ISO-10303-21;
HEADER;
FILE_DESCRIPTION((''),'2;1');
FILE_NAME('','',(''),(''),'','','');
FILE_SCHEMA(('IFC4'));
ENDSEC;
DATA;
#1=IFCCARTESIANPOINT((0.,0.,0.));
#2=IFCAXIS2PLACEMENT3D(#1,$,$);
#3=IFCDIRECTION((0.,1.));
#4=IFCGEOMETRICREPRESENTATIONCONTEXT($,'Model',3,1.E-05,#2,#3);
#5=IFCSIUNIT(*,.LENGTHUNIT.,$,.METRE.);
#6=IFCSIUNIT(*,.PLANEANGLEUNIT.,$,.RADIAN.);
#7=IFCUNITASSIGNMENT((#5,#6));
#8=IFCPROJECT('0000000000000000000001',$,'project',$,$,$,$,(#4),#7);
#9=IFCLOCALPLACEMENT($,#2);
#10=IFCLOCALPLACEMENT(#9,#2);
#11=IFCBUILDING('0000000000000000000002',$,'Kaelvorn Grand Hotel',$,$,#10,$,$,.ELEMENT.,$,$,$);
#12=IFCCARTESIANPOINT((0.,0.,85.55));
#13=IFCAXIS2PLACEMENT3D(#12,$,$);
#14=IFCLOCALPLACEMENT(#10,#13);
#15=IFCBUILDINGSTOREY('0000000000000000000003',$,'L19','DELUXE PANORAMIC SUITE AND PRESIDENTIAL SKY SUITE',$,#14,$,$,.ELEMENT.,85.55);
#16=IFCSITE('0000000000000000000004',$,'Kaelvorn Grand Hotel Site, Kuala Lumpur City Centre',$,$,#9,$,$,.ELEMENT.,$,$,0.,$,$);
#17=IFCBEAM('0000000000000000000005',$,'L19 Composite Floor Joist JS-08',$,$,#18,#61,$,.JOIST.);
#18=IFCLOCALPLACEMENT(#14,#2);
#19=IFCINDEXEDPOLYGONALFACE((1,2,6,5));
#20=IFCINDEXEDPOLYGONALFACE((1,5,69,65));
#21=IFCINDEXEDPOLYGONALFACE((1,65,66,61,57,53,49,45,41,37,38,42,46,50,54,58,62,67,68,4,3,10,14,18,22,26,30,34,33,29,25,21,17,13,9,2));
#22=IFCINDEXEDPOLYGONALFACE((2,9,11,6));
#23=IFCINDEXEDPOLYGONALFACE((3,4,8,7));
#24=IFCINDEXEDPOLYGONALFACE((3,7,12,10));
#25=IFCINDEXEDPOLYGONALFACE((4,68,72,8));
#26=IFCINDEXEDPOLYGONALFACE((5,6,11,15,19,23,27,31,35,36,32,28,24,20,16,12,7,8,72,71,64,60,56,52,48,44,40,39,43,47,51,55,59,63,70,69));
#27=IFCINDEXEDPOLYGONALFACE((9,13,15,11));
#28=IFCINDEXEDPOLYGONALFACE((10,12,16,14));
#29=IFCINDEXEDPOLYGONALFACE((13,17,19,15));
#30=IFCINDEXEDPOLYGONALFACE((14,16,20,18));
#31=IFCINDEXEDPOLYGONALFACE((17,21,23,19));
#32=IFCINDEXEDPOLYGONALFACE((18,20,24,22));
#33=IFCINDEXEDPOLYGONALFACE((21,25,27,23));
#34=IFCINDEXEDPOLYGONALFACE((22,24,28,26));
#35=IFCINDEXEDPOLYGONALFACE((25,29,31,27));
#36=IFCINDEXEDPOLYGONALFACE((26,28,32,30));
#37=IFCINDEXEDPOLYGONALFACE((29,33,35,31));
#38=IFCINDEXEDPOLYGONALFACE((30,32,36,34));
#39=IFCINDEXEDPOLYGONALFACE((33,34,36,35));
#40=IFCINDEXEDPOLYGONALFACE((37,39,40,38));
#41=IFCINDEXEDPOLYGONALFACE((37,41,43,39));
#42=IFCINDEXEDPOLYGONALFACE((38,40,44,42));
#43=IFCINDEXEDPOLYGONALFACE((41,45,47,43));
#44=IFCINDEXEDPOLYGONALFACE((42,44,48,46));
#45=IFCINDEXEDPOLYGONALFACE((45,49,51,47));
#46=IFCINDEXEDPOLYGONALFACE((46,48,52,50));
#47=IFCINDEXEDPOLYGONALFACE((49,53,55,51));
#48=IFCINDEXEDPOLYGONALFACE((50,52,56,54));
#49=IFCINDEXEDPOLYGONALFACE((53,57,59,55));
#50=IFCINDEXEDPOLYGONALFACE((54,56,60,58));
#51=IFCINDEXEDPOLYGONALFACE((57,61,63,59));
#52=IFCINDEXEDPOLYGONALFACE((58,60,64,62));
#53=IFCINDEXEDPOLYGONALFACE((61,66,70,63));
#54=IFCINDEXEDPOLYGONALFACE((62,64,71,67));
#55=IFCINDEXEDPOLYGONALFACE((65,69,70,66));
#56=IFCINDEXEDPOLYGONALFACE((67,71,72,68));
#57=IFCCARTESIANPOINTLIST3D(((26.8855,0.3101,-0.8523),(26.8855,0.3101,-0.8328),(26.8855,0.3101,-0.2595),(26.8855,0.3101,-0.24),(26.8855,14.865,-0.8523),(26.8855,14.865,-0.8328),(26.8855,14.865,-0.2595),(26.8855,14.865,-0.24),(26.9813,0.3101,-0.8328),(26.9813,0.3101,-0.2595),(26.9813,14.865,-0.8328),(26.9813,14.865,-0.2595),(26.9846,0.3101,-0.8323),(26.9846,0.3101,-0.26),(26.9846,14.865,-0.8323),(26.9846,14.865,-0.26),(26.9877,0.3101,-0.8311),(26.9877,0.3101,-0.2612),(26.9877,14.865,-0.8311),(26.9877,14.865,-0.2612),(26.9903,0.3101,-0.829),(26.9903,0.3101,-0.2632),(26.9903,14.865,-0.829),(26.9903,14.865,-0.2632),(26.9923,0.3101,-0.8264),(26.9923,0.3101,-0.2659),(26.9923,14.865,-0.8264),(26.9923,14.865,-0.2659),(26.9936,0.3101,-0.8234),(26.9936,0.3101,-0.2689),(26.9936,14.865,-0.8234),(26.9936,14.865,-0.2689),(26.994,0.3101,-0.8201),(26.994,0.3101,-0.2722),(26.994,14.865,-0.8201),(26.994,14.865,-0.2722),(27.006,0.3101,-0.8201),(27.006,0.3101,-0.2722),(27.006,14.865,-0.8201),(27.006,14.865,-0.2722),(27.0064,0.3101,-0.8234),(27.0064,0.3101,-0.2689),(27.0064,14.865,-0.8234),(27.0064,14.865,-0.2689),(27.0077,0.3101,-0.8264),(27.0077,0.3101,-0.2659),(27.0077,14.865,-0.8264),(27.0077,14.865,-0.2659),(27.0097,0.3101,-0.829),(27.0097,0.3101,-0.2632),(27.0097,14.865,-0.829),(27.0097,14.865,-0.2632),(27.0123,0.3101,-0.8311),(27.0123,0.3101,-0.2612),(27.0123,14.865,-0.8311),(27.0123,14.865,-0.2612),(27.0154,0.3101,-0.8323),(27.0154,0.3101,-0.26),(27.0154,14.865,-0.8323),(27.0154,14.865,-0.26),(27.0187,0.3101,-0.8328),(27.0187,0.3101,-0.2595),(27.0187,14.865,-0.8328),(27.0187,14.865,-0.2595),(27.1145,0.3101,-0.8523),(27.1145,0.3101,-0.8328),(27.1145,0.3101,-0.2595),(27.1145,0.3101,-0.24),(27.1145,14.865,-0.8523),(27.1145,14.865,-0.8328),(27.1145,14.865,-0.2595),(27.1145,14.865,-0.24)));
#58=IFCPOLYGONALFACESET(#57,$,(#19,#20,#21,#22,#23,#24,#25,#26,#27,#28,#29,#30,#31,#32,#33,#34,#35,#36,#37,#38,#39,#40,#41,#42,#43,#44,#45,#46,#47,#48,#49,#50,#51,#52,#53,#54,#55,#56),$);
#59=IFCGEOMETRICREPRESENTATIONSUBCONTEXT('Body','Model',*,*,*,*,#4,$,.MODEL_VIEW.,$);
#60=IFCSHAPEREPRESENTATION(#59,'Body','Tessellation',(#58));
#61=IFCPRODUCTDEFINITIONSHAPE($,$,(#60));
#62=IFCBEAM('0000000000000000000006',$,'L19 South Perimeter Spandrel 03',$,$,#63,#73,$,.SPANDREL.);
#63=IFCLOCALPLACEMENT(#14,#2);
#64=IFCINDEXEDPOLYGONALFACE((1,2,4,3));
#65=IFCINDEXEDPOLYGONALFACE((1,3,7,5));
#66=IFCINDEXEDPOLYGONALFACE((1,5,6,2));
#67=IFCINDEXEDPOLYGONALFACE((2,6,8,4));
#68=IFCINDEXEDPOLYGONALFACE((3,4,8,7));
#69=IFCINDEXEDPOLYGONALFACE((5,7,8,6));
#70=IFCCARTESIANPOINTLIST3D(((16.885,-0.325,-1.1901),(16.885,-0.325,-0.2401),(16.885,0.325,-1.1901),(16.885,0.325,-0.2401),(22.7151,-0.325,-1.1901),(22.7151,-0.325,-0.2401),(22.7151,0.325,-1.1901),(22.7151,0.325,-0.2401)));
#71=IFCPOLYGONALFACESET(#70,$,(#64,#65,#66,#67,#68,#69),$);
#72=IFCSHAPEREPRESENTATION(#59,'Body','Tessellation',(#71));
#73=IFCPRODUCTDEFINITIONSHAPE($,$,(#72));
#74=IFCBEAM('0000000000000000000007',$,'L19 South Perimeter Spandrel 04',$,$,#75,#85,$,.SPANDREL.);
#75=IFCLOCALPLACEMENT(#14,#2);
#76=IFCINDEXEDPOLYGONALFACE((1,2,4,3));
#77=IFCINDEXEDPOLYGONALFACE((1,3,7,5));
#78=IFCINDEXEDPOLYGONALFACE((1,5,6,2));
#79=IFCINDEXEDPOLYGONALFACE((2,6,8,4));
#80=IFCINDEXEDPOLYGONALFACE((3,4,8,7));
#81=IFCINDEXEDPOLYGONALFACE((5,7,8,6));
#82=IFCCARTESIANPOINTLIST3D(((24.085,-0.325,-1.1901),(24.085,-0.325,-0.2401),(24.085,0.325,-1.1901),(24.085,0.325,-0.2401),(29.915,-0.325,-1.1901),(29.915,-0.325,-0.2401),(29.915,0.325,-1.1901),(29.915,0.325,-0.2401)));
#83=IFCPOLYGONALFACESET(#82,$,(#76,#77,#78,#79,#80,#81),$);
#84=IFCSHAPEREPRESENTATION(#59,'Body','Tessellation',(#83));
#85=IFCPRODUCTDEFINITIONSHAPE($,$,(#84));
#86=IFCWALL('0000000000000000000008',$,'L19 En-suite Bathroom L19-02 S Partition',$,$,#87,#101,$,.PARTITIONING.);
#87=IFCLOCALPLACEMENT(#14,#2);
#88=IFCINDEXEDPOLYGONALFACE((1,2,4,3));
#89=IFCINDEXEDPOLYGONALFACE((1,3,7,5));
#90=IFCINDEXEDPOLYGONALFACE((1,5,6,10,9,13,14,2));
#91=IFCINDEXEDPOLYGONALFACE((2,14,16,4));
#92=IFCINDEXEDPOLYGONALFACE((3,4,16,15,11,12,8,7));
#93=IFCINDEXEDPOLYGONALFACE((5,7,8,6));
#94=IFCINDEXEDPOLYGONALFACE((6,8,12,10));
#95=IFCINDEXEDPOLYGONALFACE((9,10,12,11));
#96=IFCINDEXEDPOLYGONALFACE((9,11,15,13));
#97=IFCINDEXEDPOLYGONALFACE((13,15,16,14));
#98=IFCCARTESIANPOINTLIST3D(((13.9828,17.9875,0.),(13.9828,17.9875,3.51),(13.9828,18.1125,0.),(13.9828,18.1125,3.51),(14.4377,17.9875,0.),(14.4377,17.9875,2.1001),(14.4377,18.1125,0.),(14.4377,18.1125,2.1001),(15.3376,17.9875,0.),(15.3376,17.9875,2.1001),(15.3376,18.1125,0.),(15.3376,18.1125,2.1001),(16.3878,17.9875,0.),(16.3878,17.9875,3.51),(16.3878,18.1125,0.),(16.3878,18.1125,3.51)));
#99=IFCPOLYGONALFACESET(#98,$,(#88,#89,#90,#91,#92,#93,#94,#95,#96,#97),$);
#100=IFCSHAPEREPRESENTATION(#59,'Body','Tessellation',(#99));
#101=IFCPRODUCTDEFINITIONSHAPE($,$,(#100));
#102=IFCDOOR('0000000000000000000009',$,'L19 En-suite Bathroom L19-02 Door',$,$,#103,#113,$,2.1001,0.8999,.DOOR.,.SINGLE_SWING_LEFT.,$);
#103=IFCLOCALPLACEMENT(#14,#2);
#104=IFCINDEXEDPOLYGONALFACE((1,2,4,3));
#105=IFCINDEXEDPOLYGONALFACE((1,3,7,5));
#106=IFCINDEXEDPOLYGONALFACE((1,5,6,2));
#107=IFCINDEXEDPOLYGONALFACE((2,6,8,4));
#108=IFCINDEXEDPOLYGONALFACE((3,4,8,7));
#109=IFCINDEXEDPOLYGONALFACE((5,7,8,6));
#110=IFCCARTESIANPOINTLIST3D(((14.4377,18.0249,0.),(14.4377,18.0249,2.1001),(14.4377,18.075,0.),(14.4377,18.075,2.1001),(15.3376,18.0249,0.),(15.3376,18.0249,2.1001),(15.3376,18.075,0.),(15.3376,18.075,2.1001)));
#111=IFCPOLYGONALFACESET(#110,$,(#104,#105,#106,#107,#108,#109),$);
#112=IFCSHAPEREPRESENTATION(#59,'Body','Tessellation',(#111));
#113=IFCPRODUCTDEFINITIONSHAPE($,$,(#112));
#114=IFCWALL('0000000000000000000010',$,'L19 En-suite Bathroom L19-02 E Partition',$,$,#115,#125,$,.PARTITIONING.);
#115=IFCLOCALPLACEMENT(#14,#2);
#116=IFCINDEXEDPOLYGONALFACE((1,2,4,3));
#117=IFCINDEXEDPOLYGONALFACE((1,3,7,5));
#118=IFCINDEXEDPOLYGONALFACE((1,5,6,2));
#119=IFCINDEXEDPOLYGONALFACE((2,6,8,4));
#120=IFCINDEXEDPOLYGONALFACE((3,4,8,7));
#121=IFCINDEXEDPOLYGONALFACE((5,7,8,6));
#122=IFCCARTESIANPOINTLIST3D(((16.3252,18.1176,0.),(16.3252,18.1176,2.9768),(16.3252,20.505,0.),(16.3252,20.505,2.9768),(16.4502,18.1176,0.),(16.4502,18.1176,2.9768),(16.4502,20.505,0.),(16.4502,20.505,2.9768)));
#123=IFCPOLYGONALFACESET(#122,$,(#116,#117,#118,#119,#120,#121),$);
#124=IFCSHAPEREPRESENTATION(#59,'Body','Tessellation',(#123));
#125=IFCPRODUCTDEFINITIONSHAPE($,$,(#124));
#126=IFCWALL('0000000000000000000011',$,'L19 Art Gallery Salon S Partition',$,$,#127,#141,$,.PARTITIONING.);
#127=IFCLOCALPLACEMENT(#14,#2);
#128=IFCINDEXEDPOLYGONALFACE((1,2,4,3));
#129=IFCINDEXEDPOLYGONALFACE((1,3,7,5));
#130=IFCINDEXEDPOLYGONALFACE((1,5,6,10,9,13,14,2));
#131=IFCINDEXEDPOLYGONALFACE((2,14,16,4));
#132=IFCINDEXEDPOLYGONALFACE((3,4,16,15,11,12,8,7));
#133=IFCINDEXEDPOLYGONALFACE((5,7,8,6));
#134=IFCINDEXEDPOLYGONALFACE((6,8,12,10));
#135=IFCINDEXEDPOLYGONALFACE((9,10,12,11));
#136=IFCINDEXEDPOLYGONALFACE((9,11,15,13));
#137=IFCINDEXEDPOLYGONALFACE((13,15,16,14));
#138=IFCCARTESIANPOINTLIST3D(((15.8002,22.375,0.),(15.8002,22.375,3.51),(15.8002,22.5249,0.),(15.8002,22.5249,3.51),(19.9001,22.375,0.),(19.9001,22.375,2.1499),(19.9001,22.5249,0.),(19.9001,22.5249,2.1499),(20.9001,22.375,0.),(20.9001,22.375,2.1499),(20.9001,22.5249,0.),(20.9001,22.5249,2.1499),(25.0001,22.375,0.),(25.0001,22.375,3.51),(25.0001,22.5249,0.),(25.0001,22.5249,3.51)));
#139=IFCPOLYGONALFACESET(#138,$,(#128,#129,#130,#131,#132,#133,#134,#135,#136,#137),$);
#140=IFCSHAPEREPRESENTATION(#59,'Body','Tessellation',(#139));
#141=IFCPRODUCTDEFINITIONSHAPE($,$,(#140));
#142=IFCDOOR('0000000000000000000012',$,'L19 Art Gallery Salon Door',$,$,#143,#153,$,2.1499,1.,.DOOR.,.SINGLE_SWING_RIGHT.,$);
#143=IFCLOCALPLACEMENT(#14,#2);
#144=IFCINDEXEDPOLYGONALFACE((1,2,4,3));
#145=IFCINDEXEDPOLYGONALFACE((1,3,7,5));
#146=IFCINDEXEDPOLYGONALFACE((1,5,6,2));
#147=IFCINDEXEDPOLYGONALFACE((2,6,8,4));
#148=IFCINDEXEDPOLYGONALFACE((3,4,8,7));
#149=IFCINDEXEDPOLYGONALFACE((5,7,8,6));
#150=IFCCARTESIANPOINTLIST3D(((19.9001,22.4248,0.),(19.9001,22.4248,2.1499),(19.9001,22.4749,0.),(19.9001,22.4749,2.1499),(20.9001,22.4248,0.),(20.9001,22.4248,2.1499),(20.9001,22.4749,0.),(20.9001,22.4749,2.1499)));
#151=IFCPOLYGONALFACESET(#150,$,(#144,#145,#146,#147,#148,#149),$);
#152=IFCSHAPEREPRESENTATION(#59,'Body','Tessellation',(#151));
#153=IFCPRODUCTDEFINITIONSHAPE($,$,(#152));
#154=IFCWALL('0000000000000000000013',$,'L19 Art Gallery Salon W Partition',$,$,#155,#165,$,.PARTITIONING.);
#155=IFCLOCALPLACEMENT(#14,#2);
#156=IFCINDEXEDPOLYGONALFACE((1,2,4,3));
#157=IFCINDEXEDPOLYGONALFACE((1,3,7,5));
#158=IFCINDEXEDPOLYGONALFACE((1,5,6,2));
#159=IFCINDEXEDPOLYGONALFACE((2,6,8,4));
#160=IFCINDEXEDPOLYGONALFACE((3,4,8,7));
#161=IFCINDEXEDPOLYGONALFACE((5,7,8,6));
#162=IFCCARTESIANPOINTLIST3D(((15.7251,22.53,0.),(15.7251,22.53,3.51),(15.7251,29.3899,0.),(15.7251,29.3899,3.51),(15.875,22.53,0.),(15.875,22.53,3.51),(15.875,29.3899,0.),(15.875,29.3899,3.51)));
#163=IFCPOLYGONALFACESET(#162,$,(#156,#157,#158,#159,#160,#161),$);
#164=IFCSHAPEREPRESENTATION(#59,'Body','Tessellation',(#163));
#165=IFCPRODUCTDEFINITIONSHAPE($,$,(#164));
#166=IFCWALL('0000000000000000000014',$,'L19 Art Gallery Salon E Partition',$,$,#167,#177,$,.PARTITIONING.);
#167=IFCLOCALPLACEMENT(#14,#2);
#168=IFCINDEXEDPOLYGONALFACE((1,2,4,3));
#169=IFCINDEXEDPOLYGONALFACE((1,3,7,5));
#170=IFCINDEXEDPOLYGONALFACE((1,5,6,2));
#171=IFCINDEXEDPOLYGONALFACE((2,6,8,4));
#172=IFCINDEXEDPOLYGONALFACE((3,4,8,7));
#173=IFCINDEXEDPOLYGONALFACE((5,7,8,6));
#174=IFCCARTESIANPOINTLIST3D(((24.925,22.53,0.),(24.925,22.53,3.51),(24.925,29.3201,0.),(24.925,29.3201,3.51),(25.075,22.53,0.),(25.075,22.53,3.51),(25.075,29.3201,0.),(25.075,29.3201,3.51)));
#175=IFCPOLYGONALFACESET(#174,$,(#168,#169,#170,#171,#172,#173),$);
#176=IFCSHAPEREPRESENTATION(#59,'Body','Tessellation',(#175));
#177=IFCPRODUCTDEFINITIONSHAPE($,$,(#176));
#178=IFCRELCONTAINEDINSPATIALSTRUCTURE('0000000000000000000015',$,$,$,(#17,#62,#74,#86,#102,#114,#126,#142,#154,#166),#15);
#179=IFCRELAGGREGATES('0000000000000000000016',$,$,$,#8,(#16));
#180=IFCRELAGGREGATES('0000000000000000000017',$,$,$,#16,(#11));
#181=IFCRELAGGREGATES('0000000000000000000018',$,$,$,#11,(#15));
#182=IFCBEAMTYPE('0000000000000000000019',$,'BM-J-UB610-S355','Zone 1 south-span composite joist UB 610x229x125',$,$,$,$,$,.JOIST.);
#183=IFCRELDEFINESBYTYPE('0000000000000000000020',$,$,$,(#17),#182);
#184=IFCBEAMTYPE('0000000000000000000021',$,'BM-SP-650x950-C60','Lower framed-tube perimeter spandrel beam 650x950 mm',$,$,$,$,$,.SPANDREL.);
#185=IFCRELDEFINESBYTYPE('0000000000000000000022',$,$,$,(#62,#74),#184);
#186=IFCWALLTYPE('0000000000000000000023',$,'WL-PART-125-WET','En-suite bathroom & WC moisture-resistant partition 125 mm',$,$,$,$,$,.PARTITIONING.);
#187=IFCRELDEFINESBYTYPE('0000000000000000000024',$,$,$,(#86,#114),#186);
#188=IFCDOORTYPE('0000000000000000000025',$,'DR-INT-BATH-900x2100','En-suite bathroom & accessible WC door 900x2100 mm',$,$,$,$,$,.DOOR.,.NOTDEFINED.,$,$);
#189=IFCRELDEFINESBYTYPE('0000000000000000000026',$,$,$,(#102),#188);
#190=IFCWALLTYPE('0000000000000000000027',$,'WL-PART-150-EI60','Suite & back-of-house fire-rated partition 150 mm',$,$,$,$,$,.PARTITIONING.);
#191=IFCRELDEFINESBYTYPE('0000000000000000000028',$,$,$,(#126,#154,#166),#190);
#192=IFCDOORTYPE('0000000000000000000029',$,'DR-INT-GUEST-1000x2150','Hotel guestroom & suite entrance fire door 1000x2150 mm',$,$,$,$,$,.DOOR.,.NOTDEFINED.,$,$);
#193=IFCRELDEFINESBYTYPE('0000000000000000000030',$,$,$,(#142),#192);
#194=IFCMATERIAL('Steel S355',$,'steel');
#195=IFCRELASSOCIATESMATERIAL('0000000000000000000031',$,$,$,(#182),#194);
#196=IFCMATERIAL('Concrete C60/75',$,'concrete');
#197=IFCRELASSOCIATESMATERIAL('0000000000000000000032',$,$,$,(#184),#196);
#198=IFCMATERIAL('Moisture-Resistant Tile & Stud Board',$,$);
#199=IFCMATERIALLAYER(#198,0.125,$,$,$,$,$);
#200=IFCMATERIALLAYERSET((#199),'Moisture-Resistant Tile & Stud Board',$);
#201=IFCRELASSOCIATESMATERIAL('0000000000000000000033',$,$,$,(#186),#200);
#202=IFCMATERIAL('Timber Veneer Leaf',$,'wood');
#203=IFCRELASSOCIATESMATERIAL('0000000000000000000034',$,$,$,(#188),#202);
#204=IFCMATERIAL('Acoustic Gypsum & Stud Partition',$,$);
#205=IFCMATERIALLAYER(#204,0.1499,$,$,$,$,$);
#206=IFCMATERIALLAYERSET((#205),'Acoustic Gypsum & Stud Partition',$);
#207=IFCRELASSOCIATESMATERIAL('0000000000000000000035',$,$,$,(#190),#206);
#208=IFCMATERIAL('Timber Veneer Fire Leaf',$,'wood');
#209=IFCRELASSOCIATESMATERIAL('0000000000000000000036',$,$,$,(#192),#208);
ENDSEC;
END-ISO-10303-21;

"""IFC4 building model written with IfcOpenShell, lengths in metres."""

from ifc_helpers import new_model, si_unit, direction, frame, frame_2d, origin, origin_2d, place, context, subcontext, project, spatial, rectangle, i_section, extrude, material, layer, layer_set, material_profile, profile_set, type_object, element, fill, save


model = new_model("IFC4")

# Units and contexts
model_context = context("Model", 3, precision=1e-05, world=origin(), true_north=direction((0.0, 1.0)))
body_context = subcontext(model_context, "Body", "Model", "MODEL_VIEW")
ifc_project = project(units=[si_unit("LENGTHUNIT", "METRE"), si_unit("PLANEANGLEUNIT", "RADIAN")], contexts=[model_context])

# Site, building, storey
site_placement = place(None, origin())
site = spatial("IfcSite", under=ifc_project, at=site_placement, Name="Kaelvorn Grand Hotel Site, Kuala Lumpur City Centre", CompositionType="ELEMENT", RefElevation=0.0)
building_placement = place(site_placement, origin())
building = spatial("IfcBuilding", under=site, at=building_placement, Name="Kaelvorn Grand Hotel", CompositionType="ELEMENT")
storey_placement = place(building_placement, frame((0.0, 0.0, 85.55)))
storey = spatial("IfcBuildingStorey", under=building, at=storey_placement, Name="L19", Description="DELUXE PANORAMIC SUITE AND PRESIDENTIAL SKY SUITE", CompositionType="ELEMENT", Elevation=85.55)

# Shared definitions
ifc_material_1 = material(Name="Concrete C60/75", Category="concrete")

# Beams
ifc_material_2 = material(Name="Steel S355", Category="steel")
ifc_material_profile_1 = material_profile(ifc_material_2, i_section(OverallWidth=0.229, OverallDepth=0.6123, WebThickness=0.012, FlangeThickness=0.0195, FilletRadius=0.0127, at=origin_2d()), Name="UB 610x229x125")
ifc_profile_set_1 = profile_set([ifc_material_profile_1], Name="Steel S355")
beam_type_1 = type_object("IfcBeamType", Name="BM-J-UB610-S355", Description="Zone 1 south-span composite joist UB 610x229x125", PredefinedType="JOIST", material=ifc_profile_set_1)
beam_1_placement = place(storey_placement, frame((27.0, 0.3101, -0.5461), z_axis=(0.0, 1.0, 0.0), x_axis=(-1.0, 0.0, 0.0)))
element("IfcBeam", 1, at=beam_1_placement, inside=storey, type_object=beam_type_1, Name="L19 Composite Floor Joist JS-08", PredefinedType="JOIST", context=body_context, shape_type="SweptSolid", body=[
    extrude(i_section(OverallWidth=0.229, OverallDepth=0.6123, WebThickness=0.012, FlangeThickness=0.0195, FilletRadius=0.0127, at=origin_2d()), origin(), (0.0, 0.0, 1.0), 14.5549),
])
ifc_material_profile_2 = material_profile(ifc_material_1, rectangle(XDim=0.6499, YDim=0.95, at=origin_2d()), Name="RC SPANDREL 650x950")
ifc_profile_set_2 = profile_set([ifc_material_profile_2], Name="Concrete C60/75")
beam_type_2 = type_object("IfcBeamType", Name="BM-SP-650x950-C60", Description="Lower framed-tube perimeter spandrel beam 650x950 mm", PredefinedType="SPANDREL", material=ifc_profile_set_2)
for number, where, z_axis, x_axis, name in (
    (2, (16.885, 0.0, -0.7151), (1.0, 0.0, 0.0), (0.0, 1.0, 0.0), "L19 South Perimeter Spandrel 03"),
    (3, (24.085, 0.0, -0.7151), (1.0, 0.0, 0.0), (0.0, 1.0, 0.0), "L19 South Perimeter Spandrel 04"),
):
    element("IfcBeam", number, at=place(storey_placement, frame(where, z_axis=z_axis, x_axis=x_axis)), inside=storey, type_object=beam_type_2, Name=name, PredefinedType="SPANDREL", context=body_context, shape_type="SweptSolid", body=[
        extrude(rectangle(XDim=0.6499, YDim=0.95, at=origin_2d()), origin(), (0.0, 0.0, 1.0), 5.8301),
    ])

# Wall, opening, door
ifc_material_3 = material(Name="Moisture-Resistant Tile & Stud Board")
ifc_layer_1 = layer(ifc_material_3, 0.125)
ifc_layer_set_1 = layer_set([ifc_layer_1], Name="Moisture-Resistant Tile & Stud Board")
wall_type_1 = type_object("IfcWallType", Name="WL-PART-125-WET", Description="En-suite bathroom & WC moisture-resistant partition 125 mm", PredefinedType="PARTITIONING", material=ifc_layer_set_1)
wall_1_placement = place(storey_placement, frame((13.9827, 18.05, 0.0), z_axis=(0.0, 0.0, 1.0), x_axis=(1.0, 0.0, 0.0)))
wall_1 = element("IfcWall", 4, at=wall_1_placement, inside=storey, type_object=wall_type_1, Name="L19 En-suite Bathroom L19-02 S Partition", PredefinedType="PARTITIONING", context=body_context, shape_type="SweptSolid", body=[
    extrude(rectangle(XDim=2.405, YDim=0.125, at=frame_2d((1.2026, 0.0))), origin(), (0.0, 0.0, 1.0), 3.51),
])
opening_1_placement = place(wall_1_placement, frame((0.4551, 0.0, 0.0)))
opening_1 = element("IfcOpeningElement", 5, at=opening_1_placement, cuts=wall_1, PredefinedType="OPENING", context=body_context, shape_type="SweptSolid", body=[
    extrude(rectangle(XDim=0.8999, YDim=2.1001, at=frame_2d((0.45, 1.05))), frame((0.0, 0.0725, 0.0), z_axis=(0.0, -1.0, 0.0), x_axis=(1.0, 0.0, 0.0)), (0.0, 0.0, 1.0), 0.145),
])
ifc_material_4 = material(Name="Timber Veneer Leaf", Category="wood")
door_type_1 = type_object("IfcDoorType", Name="DR-INT-BATH-900x2100", Description="En-suite bathroom & accessible WC door 900x2100 mm", OperationType="NOTDEFINED", PredefinedType="DOOR", material=ifc_material_4)
door_1_placement = place(opening_1_placement, origin())
door_1 = element("IfcDoor", 6, at=door_1_placement, inside=storey, type_object=door_type_1, Name="L19 En-suite Bathroom L19-02 Door", OperationType="SINGLE_SWING_LEFT", OverallHeight=2.1001, OverallWidth=0.8999, PredefinedType="DOOR", context=body_context, shape_type="SweptSolid", body=[
    extrude(rectangle(XDim=0.8999, YDim=2.1001, at=frame_2d((0.45, 1.05))), frame((0.0, 0.0249, 0.0), z_axis=(0.0, -1.0, 0.0), x_axis=(1.0, 0.0, 0.0)), (0.0, 0.0, 1.0), 0.05),
])
fill(opening_1, door_1)

# Wall
wall_2_placement = place(storey_placement, frame((16.3877, 18.1174, 0.0), z_axis=(0.0, 0.0, 1.0), x_axis=(0.0, 1.0, 0.0)))
element("IfcWall", 7, at=wall_2_placement, inside=storey, type_object=wall_type_1, Name="L19 En-suite Bathroom L19-02 E Partition", PredefinedType="PARTITIONING", context=body_context, shape_type="SweptSolid", body=[
    extrude(rectangle(XDim=2.3875, YDim=0.125, at=frame_2d((1.1938, 0.0))), origin(), (0.0, 0.0, 1.0), 2.9768),
])

# Wall, opening, door
ifc_material_5 = material(Name="Acoustic Gypsum & Stud Partition")
ifc_layer_2 = layer(ifc_material_5, 0.1499)
ifc_layer_set_2 = layer_set([ifc_layer_2], Name="Acoustic Gypsum & Stud Partition")
wall_type_2 = type_object("IfcWallType", Name="WL-PART-150-EI60", Description="Suite & back-of-house fire-rated partition 150 mm", PredefinedType="PARTITIONING", material=ifc_layer_set_2)
wall_3_placement = place(storey_placement, frame((15.8, 22.45, 0.0), z_axis=(0.0, 0.0, 1.0), x_axis=(1.0, 0.0, 0.0)))
wall_3 = element("IfcWall", 8, at=wall_3_placement, inside=storey, type_object=wall_type_2, Name="L19 Art Gallery Salon S Partition", PredefinedType="PARTITIONING", context=body_context, shape_type="SweptSolid", body=[
    extrude(rectangle(XDim=9.2, YDim=0.1499, at=frame_2d((4.6001, 0.0))), origin(), (0.0, 0.0, 1.0), 3.51),
])
opening_2_placement = place(wall_3_placement, frame((4.1001, 0.0, 0.0)))
opening_2 = element("IfcOpeningElement", 9, at=opening_2_placement, cuts=wall_3, PredefinedType="OPENING", context=body_context, shape_type="SweptSolid", body=[
    extrude(rectangle(XDim=1.0, YDim=2.1499, at=frame_2d((0.5, 1.075))), frame((0.0, 0.085, 0.0), z_axis=(0.0, -1.0, 0.0), x_axis=(1.0, 0.0, 0.0)), (0.0, 0.0, 1.0), 0.1699),
])
ifc_material_6 = material(Name="Timber Veneer Fire Leaf", Category="wood")
door_type_2 = type_object("IfcDoorType", Name="DR-INT-GUEST-1000x2150", Description="Hotel guestroom & suite entrance fire door 1000x2150 mm", OperationType="NOTDEFINED", PredefinedType="DOOR", material=ifc_material_6)
door_2_placement = place(opening_2_placement, origin())
door_2 = element("IfcDoor", 10, at=door_2_placement, inside=storey, type_object=door_type_2, Name="L19 Art Gallery Salon Door", OperationType="SINGLE_SWING_RIGHT", OverallHeight=2.1499, OverallWidth=1.0, PredefinedType="DOOR", context=body_context, shape_type="SweptSolid", body=[
    extrude(rectangle(XDim=1.0, YDim=2.1499, at=frame_2d((0.5, 1.075))), frame((0.0, 0.0249, 0.0), z_axis=(0.0, -1.0, 0.0), x_axis=(1.0, 0.0, 0.0)), (0.0, 0.0, 1.0), 0.05),
])
fill(opening_2, door_2)

# Walls
wall_4_placement = place(storey_placement, frame((15.8, 22.53, 0.0), z_axis=(0.0, 0.0, 1.0), x_axis=(0.0, 1.0, 0.0)))
element("IfcWall", 11, at=wall_4_placement, inside=storey, type_object=wall_type_2, Name="L19 Art Gallery Salon W Partition", PredefinedType="PARTITIONING", context=body_context, shape_type="SweptSolid", body=[
    extrude(rectangle(XDim=6.8599, YDim=0.1499, at=frame_2d((3.4299, 0.0))), origin(), (0.0, 0.0, 1.0), 3.51),
])
wall_5_placement = place(storey_placement, frame((25.0, 22.53, 0.0), z_axis=(0.0, 0.0, 1.0), x_axis=(0.0, 1.0, 0.0)))
element("IfcWall", 12, at=wall_5_placement, inside=storey, type_object=wall_type_2, Name="L19 Art Gallery Salon E Partition", PredefinedType="PARTITIONING", context=body_context, shape_type="SweptSolid", body=[
    extrude(rectangle(XDim=6.79, YDim=0.1499, at=frame_2d((3.395, 0.0))), origin(), (0.0, 0.0, 1.0), 3.51),
])

save(model, "model.ifc")
